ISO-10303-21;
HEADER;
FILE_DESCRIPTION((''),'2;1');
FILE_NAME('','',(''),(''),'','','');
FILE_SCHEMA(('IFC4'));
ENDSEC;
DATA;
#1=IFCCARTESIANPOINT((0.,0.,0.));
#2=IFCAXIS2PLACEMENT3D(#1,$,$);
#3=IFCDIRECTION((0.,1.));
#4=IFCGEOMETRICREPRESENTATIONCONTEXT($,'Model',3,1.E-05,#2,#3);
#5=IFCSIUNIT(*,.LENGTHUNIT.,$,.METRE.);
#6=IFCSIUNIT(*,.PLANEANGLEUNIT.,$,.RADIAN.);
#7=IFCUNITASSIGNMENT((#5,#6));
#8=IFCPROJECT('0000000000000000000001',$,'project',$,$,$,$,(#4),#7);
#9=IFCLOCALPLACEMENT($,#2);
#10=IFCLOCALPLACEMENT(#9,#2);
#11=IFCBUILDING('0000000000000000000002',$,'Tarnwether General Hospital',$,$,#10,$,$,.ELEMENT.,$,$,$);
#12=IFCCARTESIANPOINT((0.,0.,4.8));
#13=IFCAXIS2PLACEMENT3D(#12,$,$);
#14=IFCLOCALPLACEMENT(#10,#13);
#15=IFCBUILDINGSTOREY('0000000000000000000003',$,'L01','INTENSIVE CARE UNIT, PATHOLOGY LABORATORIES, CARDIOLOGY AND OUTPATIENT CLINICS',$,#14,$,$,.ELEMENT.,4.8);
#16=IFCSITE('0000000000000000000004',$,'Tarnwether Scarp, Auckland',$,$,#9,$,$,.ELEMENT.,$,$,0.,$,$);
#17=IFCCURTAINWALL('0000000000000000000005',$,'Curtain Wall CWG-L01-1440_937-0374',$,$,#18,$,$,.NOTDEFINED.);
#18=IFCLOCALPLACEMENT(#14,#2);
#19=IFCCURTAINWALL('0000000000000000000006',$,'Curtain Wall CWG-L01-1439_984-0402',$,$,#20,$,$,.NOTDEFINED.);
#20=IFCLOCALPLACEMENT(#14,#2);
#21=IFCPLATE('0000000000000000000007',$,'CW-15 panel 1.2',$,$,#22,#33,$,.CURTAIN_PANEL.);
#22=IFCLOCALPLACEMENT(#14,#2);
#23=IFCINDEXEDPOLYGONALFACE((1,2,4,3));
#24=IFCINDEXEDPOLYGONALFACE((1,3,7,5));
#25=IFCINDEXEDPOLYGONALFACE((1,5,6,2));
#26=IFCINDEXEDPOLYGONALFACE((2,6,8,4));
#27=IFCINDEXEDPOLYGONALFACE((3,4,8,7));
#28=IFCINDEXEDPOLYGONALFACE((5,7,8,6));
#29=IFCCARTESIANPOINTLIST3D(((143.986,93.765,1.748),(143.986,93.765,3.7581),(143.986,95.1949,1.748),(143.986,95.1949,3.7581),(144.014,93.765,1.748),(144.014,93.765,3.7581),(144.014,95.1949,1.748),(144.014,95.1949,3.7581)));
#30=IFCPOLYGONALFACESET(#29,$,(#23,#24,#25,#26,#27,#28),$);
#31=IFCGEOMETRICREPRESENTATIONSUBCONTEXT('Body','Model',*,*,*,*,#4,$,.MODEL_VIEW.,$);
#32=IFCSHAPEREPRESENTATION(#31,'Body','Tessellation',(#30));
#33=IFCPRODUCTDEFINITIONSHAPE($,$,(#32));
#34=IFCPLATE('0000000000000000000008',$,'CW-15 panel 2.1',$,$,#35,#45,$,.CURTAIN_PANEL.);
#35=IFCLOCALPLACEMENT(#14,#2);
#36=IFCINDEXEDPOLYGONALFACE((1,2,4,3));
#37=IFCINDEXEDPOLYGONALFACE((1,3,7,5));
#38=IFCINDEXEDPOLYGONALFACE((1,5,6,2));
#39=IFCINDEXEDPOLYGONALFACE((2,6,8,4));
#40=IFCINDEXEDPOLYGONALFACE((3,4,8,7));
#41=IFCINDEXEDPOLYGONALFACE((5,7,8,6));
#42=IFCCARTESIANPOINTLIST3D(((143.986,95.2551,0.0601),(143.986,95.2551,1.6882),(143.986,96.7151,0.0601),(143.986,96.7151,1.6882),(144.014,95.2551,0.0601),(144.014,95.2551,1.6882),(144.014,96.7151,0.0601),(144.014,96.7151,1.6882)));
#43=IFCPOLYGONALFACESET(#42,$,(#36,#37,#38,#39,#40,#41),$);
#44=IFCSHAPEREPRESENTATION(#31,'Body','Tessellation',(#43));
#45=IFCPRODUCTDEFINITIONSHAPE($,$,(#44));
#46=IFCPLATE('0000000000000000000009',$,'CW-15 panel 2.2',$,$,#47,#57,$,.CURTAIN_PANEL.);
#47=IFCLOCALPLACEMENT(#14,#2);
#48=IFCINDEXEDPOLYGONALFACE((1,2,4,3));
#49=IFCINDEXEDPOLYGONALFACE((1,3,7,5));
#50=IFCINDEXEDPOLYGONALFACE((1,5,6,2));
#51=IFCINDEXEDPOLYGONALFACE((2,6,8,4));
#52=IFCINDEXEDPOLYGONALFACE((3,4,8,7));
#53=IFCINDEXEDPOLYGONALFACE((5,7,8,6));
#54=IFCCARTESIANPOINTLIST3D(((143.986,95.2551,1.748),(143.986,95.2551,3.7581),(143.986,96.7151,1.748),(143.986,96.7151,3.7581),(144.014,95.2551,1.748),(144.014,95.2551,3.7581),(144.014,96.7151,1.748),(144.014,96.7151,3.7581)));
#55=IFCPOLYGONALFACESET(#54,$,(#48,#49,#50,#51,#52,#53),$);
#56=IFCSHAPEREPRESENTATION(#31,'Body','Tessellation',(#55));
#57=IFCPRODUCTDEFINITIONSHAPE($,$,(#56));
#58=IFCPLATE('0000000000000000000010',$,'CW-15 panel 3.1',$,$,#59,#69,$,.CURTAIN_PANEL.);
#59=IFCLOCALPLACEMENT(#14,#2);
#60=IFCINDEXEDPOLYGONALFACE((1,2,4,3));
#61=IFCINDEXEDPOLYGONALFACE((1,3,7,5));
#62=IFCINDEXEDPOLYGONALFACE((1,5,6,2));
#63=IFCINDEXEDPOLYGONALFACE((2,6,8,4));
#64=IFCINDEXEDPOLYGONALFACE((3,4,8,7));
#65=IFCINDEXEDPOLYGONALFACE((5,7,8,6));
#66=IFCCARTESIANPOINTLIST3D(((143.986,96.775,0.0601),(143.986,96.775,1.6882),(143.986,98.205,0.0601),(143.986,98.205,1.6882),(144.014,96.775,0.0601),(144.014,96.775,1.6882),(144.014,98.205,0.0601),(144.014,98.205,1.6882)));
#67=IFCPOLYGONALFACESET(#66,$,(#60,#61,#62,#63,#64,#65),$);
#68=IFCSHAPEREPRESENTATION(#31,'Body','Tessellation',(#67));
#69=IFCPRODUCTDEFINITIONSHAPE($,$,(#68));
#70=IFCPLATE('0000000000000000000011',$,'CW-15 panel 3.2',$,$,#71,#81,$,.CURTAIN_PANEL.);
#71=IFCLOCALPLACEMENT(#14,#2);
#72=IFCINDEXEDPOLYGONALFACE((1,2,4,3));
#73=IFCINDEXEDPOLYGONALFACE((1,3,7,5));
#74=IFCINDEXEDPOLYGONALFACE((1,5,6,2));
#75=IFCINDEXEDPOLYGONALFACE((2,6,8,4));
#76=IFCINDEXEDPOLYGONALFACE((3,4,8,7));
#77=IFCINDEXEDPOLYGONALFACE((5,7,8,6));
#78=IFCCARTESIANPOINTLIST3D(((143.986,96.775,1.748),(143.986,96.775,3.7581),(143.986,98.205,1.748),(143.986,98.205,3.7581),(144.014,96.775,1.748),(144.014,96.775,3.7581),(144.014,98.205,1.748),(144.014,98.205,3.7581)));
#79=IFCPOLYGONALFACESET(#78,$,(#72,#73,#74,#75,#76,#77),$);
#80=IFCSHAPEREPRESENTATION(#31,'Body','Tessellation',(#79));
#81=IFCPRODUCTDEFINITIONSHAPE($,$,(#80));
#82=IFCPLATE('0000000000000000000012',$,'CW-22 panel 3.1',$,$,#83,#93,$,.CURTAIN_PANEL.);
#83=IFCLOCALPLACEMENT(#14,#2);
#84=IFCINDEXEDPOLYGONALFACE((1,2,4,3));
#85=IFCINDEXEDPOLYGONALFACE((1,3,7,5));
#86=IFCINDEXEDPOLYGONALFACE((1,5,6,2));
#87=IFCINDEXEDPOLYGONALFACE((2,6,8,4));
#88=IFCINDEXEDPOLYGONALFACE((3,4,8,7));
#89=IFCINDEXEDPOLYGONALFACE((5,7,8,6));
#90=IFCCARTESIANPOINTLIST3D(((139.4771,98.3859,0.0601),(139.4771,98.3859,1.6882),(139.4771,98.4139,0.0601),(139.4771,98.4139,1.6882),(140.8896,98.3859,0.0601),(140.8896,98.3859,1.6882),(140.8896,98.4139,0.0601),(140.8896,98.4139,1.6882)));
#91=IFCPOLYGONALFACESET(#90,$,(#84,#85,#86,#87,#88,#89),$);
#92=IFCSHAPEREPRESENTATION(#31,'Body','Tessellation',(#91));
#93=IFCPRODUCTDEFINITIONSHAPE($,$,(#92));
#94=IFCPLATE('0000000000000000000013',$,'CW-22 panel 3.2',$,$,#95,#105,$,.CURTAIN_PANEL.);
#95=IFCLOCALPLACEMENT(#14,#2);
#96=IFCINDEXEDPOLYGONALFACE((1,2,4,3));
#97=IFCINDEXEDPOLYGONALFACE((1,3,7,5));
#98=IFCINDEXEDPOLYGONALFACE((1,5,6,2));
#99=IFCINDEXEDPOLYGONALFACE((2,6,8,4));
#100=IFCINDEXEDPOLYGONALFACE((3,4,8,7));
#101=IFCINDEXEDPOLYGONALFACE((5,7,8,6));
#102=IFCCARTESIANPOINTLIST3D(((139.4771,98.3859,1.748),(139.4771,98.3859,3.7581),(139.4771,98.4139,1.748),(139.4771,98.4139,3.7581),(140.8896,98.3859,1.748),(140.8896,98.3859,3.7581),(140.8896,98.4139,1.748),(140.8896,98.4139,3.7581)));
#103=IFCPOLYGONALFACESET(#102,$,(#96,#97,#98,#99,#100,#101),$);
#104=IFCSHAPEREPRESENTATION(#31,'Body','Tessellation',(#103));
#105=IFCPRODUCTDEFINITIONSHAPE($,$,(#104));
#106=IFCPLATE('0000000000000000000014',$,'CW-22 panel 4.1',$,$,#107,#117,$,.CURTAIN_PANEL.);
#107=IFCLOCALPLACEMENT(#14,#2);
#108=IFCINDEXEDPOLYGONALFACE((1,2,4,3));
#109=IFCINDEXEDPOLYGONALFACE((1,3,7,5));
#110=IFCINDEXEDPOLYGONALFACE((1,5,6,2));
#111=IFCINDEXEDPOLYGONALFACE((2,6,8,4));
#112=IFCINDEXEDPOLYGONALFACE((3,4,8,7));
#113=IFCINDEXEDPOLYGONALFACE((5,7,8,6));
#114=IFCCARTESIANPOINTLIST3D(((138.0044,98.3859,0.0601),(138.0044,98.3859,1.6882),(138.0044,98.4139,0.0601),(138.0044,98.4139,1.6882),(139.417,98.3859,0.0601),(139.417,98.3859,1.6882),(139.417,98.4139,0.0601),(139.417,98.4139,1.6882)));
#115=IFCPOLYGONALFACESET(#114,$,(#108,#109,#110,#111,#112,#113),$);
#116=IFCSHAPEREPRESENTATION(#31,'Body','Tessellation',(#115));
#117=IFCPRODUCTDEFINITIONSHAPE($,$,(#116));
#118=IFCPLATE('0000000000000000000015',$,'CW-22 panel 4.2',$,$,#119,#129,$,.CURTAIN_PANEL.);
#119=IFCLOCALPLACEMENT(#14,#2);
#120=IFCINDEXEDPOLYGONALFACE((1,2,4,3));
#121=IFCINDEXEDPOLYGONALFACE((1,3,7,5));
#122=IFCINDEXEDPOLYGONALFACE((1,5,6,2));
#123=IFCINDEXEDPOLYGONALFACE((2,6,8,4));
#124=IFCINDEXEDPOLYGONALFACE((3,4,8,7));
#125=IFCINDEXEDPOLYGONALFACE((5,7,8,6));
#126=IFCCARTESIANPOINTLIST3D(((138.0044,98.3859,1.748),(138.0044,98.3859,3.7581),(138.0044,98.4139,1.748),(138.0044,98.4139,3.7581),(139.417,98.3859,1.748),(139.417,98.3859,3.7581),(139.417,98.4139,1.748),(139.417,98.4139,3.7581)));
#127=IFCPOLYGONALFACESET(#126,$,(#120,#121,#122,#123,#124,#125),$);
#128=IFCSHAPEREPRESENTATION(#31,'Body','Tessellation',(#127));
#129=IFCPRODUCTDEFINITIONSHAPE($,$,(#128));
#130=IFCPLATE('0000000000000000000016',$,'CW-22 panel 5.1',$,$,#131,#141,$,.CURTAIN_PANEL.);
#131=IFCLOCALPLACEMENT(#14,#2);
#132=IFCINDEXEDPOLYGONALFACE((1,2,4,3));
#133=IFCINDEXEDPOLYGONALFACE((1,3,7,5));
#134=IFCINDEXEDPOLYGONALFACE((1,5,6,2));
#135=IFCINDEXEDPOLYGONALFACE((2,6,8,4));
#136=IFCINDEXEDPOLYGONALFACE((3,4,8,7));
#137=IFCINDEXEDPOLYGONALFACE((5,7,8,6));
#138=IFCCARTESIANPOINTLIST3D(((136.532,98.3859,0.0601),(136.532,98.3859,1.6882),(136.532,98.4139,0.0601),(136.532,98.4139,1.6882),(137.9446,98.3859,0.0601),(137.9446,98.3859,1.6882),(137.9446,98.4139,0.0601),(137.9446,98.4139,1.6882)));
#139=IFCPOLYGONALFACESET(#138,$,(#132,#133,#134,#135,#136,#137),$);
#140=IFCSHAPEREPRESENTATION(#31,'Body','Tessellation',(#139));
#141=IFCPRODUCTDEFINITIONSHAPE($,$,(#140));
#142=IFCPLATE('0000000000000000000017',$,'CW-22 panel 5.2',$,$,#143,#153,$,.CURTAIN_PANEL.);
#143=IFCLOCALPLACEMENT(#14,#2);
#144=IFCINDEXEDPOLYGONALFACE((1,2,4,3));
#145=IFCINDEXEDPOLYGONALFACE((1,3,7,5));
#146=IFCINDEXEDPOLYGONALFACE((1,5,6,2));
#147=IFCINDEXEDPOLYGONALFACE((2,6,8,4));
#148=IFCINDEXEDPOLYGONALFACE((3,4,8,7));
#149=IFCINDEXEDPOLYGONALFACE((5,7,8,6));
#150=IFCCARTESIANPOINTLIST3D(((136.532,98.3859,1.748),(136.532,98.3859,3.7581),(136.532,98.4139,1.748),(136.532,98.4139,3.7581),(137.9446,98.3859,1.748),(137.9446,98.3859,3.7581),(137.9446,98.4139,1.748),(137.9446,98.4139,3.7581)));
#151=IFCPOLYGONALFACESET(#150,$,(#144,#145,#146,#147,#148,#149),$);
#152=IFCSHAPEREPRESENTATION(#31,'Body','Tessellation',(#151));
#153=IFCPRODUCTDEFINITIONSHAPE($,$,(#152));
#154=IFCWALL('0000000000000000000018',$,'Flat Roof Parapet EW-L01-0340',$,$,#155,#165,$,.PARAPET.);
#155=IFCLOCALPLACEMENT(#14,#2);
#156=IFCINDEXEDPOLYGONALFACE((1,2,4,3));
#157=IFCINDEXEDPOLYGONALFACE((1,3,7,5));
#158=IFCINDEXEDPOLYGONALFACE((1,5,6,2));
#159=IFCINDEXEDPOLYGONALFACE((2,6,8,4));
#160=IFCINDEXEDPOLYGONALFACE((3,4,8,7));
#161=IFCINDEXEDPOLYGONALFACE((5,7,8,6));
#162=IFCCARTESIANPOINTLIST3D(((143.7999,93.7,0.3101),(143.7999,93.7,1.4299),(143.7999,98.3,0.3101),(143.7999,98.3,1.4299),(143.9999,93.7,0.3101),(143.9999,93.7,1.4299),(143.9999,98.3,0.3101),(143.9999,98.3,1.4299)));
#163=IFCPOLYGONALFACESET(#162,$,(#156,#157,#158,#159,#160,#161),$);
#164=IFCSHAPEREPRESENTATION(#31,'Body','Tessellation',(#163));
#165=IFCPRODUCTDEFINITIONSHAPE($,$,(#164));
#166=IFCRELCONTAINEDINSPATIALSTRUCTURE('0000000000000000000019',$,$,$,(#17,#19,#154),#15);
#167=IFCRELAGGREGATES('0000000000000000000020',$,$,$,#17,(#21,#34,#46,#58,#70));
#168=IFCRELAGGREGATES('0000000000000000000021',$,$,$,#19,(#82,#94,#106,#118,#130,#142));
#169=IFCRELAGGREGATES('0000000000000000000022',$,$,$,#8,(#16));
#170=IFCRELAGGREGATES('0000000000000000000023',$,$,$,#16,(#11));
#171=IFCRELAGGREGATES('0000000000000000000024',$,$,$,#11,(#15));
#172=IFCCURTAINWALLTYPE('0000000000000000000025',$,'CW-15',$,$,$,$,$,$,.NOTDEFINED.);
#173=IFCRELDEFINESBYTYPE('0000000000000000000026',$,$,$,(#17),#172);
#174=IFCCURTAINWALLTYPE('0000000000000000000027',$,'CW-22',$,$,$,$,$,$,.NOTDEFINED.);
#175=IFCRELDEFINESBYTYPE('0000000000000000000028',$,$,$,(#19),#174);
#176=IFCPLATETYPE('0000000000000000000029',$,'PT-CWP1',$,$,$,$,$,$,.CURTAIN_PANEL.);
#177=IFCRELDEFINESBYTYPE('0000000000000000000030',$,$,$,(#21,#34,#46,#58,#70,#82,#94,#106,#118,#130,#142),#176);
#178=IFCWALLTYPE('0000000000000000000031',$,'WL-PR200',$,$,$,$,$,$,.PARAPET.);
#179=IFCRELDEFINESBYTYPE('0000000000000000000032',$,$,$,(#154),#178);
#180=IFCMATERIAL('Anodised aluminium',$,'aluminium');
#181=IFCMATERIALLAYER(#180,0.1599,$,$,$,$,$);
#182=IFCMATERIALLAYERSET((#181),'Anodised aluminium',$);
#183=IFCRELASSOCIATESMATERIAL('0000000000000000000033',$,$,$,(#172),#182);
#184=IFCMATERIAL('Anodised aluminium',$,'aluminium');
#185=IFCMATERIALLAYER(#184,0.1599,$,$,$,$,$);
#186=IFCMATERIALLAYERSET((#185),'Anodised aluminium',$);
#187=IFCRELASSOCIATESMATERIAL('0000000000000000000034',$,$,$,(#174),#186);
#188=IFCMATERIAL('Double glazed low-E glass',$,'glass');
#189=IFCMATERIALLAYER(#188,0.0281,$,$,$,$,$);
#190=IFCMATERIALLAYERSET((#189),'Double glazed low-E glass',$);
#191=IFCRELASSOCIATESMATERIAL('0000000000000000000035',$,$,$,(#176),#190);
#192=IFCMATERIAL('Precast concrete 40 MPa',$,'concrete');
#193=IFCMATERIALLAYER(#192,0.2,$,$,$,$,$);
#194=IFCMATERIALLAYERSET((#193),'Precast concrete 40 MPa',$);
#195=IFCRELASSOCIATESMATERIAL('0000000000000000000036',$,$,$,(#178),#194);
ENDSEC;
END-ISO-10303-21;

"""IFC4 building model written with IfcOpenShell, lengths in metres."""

from ifc_helpers import new_model, si_unit, direction, frame, frame_2d, origin, origin_2d, place, context, subcontext, project, spatial, rectangle, extrude, material, layer, layer_set, type_object, element, aggregate, save


model = new_model("IFC4")

# Units and contexts
model_context = context("Model", 3, precision=1e-05, world=origin(), true_north=direction((0.0, 1.0)))
body_context = subcontext(model_context, "Body", "Model", "MODEL_VIEW")
ifc_project = project(units=[si_unit("LENGTHUNIT", "METRE"), si_unit("PLANEANGLEUNIT", "RADIAN")], contexts=[model_context])

# Site, building, storey
site_placement = place(None, origin())
site = spatial("IfcSite", under=ifc_project, at=site_placement, Name="Tarnwether Scarp, Auckland", CompositionType="ELEMENT", RefElevation=0.0)
building_placement = place(site_placement, origin())
building = spatial("IfcBuilding", under=site, at=building_placement, Name="Tarnwether General Hospital", CompositionType="ELEMENT")
storey_placement = place(building_placement, frame((0.0, 0.0, 4.8)))
storey = spatial("IfcBuildingStorey", under=building, at=storey_placement, Name="L01", Description="INTENSIVE CARE UNIT, PATHOLOGY LABORATORIES, CARDIOLOGY AND OUTPATIENT CLINICS", CompositionType="ELEMENT", Elevation=4.8)

# Curtain walls
ifc_material_1 = material(Name="Anodised aluminium", Category="aluminium")
ifc_layer_1 = layer(ifc_material_1, 0.1599)
ifc_layer_set_1 = layer_set([ifc_layer_1], Name="Anodised aluminium")
curtain_wall_type_1 = type_object("IfcCurtainWallType", Name="CW-15", PredefinedType="NOTDEFINED", material=ifc_layer_set_1)
curtain_wall_1_placement = place(storey_placement, origin())
curtain_wall_1 = element("IfcCurtainWall", 1, at=curtain_wall_1_placement, inside=storey, type_object=curtain_wall_type_1, Name="Curtain Wall CWG-L01-1440_937-0374", PredefinedType="NOTDEFINED")
ifc_material_2 = material(Name="Anodised aluminium", Category="aluminium")
ifc_layer_2 = layer(ifc_material_2, 0.1599)
ifc_layer_set_2 = layer_set([ifc_layer_2], Name="Anodised aluminium")
curtain_wall_type_2 = type_object("IfcCurtainWallType", Name="CW-22", PredefinedType="NOTDEFINED", material=ifc_layer_set_2)
curtain_wall_2_placement = place(storey_placement, origin())
curtain_wall_2 = element("IfcCurtainWall", 2, at=curtain_wall_2_placement, inside=storey, type_object=curtain_wall_type_2, Name="Curtain Wall CWG-L01-1439_984-0402", PredefinedType="NOTDEFINED")

# Plates
ifc_material_3 = material(Name="Double glazed low-E glass", Category="glass")
ifc_layer_3 = layer(ifc_material_3, 0.0281)
ifc_layer_set_3 = layer_set([ifc_layer_3], Name="Double glazed low-E glass")
plate_type = type_object("IfcPlateType", Name="PT-CWP1", PredefinedType="CURTAIN_PANEL", material=ifc_layer_set_3)
plate_1_placement = place(storey_placement, frame((144.0, 94.48, 1.748), z_axis=(0.0, 0.0, 1.0), x_axis=(0.0, 1.0, 0.0)))
plate_1 = element("IfcPlate", 3, at=plate_1_placement, type_object=plate_type, Name="CW-15 panel 1.2", PredefinedType="CURTAIN_PANEL", context=body_context, shape_type="SweptSolid", body=[
    extrude(rectangle(XDim=1.4299, YDim=0.0281, at=origin_2d()), origin(), (0.0, 0.0, 1.0), 2.01),
])
plate_2_placement = place(storey_placement, frame((144.0, 95.9851, 0.0601), z_axis=(0.0, 0.0, 1.0), x_axis=(0.0, 1.0, 0.0)))
plate_2 = element("IfcPlate", 4, at=plate_2_placement, type_object=plate_type, Name="CW-15 panel 2.1", PredefinedType="CURTAIN_PANEL", context=body_context, shape_type="SweptSolid", body=[
    extrude(rectangle(XDim=1.46, YDim=0.0281, at=origin_2d()), origin(), (0.0, 0.0, 1.0), 1.6282),
])
plate_3_placement = place(storey_placement, frame((144.0, 95.9851, 1.748), z_axis=(0.0, 0.0, 1.0), x_axis=(0.0, 1.0, 0.0)))
plate_3 = element("IfcPlate", 5, at=plate_3_placement, type_object=plate_type, Name="CW-15 panel 2.2", PredefinedType="CURTAIN_PANEL", context=body_context, shape_type="SweptSolid", body=[
    extrude(rectangle(XDim=1.46, YDim=0.0281, at=origin_2d()), origin(), (0.0, 0.0, 1.0), 2.01),
])
plate_4_placement = place(storey_placement, frame((144.0, 97.49, 0.0601), z_axis=(0.0, 0.0, 1.0), x_axis=(0.0, 1.0, 0.0)))
plate_4 = element("IfcPlate", 6, at=plate_4_placement, type_object=plate_type, Name="CW-15 panel 3.1", PredefinedType="CURTAIN_PANEL", context=body_context, shape_type="SweptSolid", body=[
    extrude(rectangle(XDim=1.4299, YDim=0.0281, at=origin_2d()), origin(), (0.0, 0.0, 1.0), 1.6282),
])
plate_5_placement = place(storey_placement, frame((144.0, 97.49, 1.748), z_axis=(0.0, 0.0, 1.0), x_axis=(0.0, 1.0, 0.0)))
plate_5 = element("IfcPlate", 7, at=plate_5_placement, type_object=plate_type, Name="CW-15 panel 3.2", PredefinedType="CURTAIN_PANEL", context=body_context, shape_type="SweptSolid", body=[
    extrude(rectangle(XDim=1.4299, YDim=0.0281, at=origin_2d()), origin(), (0.0, 0.0, 1.0), 2.01),
])
aggregate(curtain_wall_1, [plate_1, plate_2, plate_3, plate_4, plate_5])
plate_6_placement = place(storey_placement, frame((140.1833, 98.3999, 0.0601), z_axis=(0.0, 0.0, 1.0), x_axis=(-1.0, 0.0, 0.0)))
plate_6 = element("IfcPlate", 8, at=plate_6_placement, type_object=plate_type, Name="CW-22 panel 3.1", PredefinedType="CURTAIN_PANEL", context=body_context, shape_type="SweptSolid", body=[
    extrude(rectangle(XDim=1.4126, YDim=0.0281, at=origin_2d()), origin(), (0.0, 0.0, 1.0), 1.6282),
])
plate_7_placement = place(storey_placement, frame((140.1833, 98.3999, 1.748), z_axis=(0.0, 0.0, 1.0), x_axis=(-1.0, 0.0, 0.0)))
plate_7 = element("IfcPlate", 9, at=plate_7_placement, type_object=plate_type, Name="CW-22 panel 3.2", PredefinedType="CURTAIN_PANEL", context=body_context, shape_type="SweptSolid", body=[
    extrude(rectangle(XDim=1.4126, YDim=0.0281, at=origin_2d()), origin(), (0.0, 0.0, 1.0), 2.01),
])
plate_8_placement = place(storey_placement, frame((138.7107, 98.3999, 0.0601), z_axis=(0.0, 0.0, 1.0), x_axis=(-1.0, 0.0, 0.0)))
plate_8 = element("IfcPlate", 10, at=plate_8_placement, type_object=plate_type, Name="CW-22 panel 4.1", PredefinedType="CURTAIN_PANEL", context=body_context, shape_type="SweptSolid", body=[
    extrude(rectangle(XDim=1.4126, YDim=0.0281, at=origin_2d()), origin(), (0.0, 0.0, 1.0), 1.6282),
])
plate_9_placement = place(storey_placement, frame((138.7107, 98.3999, 1.748), z_axis=(0.0, 0.0, 1.0), x_axis=(-1.0, 0.0, 0.0)))
plate_9 = element("IfcPlate", 11, at=plate_9_placement, type_object=plate_type, Name="CW-22 panel 4.2", PredefinedType="CURTAIN_PANEL", context=body_context, shape_type="SweptSolid", body=[
    extrude(rectangle(XDim=1.4126, YDim=0.0281, at=origin_2d()), origin(), (0.0, 0.0, 1.0), 2.01),
])
plate_10_placement = place(storey_placement, frame((137.2383, 98.3999, 0.0601), z_axis=(0.0, 0.0, 1.0), x_axis=(-1.0, 0.0, 0.0)))
plate_10 = element("IfcPlate", 12, at=plate_10_placement, type_object=plate_type, Name="CW-22 panel 5.1", PredefinedType="CURTAIN_PANEL", context=body_context, shape_type="SweptSolid", body=[
    extrude(rectangle(XDim=1.4126, YDim=0.0281, at=origin_2d()), origin(), (0.0, 0.0, 1.0), 1.6282),
])
plate_11_placement = place(storey_placement, frame((137.2383, 98.3999, 1.748), z_axis=(0.0, 0.0, 1.0), x_axis=(-1.0, 0.0, 0.0)))
plate_11 = element("IfcPlate", 13, at=plate_11_placement, type_object=plate_type, Name="CW-22 panel 5.2", PredefinedType="CURTAIN_PANEL", context=body_context, shape_type="SweptSolid", body=[
    extrude(rectangle(XDim=1.4126, YDim=0.0281, at=origin_2d()), origin(), (0.0, 0.0, 1.0), 2.01),
])
aggregate(curtain_wall_2, [plate_6, plate_7, plate_8, plate_9, plate_10, plate_11])

# Wall
ifc_material_4 = material(Name="Precast concrete 40 MPa", Category="concrete")
ifc_layer_4 = layer(ifc_material_4, 0.2)
ifc_layer_set_4 = layer_set([ifc_layer_4], Name="Precast concrete 40 MPa")
wall_type = type_object("IfcWallType", Name="WL-PR200", PredefinedType="PARAPET", material=ifc_layer_set_4)
wall_placement = place(storey_placement, frame((143.8999, 98.3, 0.3101), z_axis=(0.0, 0.0, 1.0), x_axis=(0.0, -1.0, 0.0)))
element("IfcWall", 14, at=wall_placement, inside=storey, type_object=wall_type, Name="Flat Roof Parapet EW-L01-0340", PredefinedType="PARAPET", context=body_context, shape_type="SweptSolid", body=[
    extrude(rectangle(XDim=4.6001, YDim=0.2, at=frame_2d((2.3, 0.0))), origin(), (0.0, 0.0, 1.0), 1.1199),
])

save(model, "model.ifc")
